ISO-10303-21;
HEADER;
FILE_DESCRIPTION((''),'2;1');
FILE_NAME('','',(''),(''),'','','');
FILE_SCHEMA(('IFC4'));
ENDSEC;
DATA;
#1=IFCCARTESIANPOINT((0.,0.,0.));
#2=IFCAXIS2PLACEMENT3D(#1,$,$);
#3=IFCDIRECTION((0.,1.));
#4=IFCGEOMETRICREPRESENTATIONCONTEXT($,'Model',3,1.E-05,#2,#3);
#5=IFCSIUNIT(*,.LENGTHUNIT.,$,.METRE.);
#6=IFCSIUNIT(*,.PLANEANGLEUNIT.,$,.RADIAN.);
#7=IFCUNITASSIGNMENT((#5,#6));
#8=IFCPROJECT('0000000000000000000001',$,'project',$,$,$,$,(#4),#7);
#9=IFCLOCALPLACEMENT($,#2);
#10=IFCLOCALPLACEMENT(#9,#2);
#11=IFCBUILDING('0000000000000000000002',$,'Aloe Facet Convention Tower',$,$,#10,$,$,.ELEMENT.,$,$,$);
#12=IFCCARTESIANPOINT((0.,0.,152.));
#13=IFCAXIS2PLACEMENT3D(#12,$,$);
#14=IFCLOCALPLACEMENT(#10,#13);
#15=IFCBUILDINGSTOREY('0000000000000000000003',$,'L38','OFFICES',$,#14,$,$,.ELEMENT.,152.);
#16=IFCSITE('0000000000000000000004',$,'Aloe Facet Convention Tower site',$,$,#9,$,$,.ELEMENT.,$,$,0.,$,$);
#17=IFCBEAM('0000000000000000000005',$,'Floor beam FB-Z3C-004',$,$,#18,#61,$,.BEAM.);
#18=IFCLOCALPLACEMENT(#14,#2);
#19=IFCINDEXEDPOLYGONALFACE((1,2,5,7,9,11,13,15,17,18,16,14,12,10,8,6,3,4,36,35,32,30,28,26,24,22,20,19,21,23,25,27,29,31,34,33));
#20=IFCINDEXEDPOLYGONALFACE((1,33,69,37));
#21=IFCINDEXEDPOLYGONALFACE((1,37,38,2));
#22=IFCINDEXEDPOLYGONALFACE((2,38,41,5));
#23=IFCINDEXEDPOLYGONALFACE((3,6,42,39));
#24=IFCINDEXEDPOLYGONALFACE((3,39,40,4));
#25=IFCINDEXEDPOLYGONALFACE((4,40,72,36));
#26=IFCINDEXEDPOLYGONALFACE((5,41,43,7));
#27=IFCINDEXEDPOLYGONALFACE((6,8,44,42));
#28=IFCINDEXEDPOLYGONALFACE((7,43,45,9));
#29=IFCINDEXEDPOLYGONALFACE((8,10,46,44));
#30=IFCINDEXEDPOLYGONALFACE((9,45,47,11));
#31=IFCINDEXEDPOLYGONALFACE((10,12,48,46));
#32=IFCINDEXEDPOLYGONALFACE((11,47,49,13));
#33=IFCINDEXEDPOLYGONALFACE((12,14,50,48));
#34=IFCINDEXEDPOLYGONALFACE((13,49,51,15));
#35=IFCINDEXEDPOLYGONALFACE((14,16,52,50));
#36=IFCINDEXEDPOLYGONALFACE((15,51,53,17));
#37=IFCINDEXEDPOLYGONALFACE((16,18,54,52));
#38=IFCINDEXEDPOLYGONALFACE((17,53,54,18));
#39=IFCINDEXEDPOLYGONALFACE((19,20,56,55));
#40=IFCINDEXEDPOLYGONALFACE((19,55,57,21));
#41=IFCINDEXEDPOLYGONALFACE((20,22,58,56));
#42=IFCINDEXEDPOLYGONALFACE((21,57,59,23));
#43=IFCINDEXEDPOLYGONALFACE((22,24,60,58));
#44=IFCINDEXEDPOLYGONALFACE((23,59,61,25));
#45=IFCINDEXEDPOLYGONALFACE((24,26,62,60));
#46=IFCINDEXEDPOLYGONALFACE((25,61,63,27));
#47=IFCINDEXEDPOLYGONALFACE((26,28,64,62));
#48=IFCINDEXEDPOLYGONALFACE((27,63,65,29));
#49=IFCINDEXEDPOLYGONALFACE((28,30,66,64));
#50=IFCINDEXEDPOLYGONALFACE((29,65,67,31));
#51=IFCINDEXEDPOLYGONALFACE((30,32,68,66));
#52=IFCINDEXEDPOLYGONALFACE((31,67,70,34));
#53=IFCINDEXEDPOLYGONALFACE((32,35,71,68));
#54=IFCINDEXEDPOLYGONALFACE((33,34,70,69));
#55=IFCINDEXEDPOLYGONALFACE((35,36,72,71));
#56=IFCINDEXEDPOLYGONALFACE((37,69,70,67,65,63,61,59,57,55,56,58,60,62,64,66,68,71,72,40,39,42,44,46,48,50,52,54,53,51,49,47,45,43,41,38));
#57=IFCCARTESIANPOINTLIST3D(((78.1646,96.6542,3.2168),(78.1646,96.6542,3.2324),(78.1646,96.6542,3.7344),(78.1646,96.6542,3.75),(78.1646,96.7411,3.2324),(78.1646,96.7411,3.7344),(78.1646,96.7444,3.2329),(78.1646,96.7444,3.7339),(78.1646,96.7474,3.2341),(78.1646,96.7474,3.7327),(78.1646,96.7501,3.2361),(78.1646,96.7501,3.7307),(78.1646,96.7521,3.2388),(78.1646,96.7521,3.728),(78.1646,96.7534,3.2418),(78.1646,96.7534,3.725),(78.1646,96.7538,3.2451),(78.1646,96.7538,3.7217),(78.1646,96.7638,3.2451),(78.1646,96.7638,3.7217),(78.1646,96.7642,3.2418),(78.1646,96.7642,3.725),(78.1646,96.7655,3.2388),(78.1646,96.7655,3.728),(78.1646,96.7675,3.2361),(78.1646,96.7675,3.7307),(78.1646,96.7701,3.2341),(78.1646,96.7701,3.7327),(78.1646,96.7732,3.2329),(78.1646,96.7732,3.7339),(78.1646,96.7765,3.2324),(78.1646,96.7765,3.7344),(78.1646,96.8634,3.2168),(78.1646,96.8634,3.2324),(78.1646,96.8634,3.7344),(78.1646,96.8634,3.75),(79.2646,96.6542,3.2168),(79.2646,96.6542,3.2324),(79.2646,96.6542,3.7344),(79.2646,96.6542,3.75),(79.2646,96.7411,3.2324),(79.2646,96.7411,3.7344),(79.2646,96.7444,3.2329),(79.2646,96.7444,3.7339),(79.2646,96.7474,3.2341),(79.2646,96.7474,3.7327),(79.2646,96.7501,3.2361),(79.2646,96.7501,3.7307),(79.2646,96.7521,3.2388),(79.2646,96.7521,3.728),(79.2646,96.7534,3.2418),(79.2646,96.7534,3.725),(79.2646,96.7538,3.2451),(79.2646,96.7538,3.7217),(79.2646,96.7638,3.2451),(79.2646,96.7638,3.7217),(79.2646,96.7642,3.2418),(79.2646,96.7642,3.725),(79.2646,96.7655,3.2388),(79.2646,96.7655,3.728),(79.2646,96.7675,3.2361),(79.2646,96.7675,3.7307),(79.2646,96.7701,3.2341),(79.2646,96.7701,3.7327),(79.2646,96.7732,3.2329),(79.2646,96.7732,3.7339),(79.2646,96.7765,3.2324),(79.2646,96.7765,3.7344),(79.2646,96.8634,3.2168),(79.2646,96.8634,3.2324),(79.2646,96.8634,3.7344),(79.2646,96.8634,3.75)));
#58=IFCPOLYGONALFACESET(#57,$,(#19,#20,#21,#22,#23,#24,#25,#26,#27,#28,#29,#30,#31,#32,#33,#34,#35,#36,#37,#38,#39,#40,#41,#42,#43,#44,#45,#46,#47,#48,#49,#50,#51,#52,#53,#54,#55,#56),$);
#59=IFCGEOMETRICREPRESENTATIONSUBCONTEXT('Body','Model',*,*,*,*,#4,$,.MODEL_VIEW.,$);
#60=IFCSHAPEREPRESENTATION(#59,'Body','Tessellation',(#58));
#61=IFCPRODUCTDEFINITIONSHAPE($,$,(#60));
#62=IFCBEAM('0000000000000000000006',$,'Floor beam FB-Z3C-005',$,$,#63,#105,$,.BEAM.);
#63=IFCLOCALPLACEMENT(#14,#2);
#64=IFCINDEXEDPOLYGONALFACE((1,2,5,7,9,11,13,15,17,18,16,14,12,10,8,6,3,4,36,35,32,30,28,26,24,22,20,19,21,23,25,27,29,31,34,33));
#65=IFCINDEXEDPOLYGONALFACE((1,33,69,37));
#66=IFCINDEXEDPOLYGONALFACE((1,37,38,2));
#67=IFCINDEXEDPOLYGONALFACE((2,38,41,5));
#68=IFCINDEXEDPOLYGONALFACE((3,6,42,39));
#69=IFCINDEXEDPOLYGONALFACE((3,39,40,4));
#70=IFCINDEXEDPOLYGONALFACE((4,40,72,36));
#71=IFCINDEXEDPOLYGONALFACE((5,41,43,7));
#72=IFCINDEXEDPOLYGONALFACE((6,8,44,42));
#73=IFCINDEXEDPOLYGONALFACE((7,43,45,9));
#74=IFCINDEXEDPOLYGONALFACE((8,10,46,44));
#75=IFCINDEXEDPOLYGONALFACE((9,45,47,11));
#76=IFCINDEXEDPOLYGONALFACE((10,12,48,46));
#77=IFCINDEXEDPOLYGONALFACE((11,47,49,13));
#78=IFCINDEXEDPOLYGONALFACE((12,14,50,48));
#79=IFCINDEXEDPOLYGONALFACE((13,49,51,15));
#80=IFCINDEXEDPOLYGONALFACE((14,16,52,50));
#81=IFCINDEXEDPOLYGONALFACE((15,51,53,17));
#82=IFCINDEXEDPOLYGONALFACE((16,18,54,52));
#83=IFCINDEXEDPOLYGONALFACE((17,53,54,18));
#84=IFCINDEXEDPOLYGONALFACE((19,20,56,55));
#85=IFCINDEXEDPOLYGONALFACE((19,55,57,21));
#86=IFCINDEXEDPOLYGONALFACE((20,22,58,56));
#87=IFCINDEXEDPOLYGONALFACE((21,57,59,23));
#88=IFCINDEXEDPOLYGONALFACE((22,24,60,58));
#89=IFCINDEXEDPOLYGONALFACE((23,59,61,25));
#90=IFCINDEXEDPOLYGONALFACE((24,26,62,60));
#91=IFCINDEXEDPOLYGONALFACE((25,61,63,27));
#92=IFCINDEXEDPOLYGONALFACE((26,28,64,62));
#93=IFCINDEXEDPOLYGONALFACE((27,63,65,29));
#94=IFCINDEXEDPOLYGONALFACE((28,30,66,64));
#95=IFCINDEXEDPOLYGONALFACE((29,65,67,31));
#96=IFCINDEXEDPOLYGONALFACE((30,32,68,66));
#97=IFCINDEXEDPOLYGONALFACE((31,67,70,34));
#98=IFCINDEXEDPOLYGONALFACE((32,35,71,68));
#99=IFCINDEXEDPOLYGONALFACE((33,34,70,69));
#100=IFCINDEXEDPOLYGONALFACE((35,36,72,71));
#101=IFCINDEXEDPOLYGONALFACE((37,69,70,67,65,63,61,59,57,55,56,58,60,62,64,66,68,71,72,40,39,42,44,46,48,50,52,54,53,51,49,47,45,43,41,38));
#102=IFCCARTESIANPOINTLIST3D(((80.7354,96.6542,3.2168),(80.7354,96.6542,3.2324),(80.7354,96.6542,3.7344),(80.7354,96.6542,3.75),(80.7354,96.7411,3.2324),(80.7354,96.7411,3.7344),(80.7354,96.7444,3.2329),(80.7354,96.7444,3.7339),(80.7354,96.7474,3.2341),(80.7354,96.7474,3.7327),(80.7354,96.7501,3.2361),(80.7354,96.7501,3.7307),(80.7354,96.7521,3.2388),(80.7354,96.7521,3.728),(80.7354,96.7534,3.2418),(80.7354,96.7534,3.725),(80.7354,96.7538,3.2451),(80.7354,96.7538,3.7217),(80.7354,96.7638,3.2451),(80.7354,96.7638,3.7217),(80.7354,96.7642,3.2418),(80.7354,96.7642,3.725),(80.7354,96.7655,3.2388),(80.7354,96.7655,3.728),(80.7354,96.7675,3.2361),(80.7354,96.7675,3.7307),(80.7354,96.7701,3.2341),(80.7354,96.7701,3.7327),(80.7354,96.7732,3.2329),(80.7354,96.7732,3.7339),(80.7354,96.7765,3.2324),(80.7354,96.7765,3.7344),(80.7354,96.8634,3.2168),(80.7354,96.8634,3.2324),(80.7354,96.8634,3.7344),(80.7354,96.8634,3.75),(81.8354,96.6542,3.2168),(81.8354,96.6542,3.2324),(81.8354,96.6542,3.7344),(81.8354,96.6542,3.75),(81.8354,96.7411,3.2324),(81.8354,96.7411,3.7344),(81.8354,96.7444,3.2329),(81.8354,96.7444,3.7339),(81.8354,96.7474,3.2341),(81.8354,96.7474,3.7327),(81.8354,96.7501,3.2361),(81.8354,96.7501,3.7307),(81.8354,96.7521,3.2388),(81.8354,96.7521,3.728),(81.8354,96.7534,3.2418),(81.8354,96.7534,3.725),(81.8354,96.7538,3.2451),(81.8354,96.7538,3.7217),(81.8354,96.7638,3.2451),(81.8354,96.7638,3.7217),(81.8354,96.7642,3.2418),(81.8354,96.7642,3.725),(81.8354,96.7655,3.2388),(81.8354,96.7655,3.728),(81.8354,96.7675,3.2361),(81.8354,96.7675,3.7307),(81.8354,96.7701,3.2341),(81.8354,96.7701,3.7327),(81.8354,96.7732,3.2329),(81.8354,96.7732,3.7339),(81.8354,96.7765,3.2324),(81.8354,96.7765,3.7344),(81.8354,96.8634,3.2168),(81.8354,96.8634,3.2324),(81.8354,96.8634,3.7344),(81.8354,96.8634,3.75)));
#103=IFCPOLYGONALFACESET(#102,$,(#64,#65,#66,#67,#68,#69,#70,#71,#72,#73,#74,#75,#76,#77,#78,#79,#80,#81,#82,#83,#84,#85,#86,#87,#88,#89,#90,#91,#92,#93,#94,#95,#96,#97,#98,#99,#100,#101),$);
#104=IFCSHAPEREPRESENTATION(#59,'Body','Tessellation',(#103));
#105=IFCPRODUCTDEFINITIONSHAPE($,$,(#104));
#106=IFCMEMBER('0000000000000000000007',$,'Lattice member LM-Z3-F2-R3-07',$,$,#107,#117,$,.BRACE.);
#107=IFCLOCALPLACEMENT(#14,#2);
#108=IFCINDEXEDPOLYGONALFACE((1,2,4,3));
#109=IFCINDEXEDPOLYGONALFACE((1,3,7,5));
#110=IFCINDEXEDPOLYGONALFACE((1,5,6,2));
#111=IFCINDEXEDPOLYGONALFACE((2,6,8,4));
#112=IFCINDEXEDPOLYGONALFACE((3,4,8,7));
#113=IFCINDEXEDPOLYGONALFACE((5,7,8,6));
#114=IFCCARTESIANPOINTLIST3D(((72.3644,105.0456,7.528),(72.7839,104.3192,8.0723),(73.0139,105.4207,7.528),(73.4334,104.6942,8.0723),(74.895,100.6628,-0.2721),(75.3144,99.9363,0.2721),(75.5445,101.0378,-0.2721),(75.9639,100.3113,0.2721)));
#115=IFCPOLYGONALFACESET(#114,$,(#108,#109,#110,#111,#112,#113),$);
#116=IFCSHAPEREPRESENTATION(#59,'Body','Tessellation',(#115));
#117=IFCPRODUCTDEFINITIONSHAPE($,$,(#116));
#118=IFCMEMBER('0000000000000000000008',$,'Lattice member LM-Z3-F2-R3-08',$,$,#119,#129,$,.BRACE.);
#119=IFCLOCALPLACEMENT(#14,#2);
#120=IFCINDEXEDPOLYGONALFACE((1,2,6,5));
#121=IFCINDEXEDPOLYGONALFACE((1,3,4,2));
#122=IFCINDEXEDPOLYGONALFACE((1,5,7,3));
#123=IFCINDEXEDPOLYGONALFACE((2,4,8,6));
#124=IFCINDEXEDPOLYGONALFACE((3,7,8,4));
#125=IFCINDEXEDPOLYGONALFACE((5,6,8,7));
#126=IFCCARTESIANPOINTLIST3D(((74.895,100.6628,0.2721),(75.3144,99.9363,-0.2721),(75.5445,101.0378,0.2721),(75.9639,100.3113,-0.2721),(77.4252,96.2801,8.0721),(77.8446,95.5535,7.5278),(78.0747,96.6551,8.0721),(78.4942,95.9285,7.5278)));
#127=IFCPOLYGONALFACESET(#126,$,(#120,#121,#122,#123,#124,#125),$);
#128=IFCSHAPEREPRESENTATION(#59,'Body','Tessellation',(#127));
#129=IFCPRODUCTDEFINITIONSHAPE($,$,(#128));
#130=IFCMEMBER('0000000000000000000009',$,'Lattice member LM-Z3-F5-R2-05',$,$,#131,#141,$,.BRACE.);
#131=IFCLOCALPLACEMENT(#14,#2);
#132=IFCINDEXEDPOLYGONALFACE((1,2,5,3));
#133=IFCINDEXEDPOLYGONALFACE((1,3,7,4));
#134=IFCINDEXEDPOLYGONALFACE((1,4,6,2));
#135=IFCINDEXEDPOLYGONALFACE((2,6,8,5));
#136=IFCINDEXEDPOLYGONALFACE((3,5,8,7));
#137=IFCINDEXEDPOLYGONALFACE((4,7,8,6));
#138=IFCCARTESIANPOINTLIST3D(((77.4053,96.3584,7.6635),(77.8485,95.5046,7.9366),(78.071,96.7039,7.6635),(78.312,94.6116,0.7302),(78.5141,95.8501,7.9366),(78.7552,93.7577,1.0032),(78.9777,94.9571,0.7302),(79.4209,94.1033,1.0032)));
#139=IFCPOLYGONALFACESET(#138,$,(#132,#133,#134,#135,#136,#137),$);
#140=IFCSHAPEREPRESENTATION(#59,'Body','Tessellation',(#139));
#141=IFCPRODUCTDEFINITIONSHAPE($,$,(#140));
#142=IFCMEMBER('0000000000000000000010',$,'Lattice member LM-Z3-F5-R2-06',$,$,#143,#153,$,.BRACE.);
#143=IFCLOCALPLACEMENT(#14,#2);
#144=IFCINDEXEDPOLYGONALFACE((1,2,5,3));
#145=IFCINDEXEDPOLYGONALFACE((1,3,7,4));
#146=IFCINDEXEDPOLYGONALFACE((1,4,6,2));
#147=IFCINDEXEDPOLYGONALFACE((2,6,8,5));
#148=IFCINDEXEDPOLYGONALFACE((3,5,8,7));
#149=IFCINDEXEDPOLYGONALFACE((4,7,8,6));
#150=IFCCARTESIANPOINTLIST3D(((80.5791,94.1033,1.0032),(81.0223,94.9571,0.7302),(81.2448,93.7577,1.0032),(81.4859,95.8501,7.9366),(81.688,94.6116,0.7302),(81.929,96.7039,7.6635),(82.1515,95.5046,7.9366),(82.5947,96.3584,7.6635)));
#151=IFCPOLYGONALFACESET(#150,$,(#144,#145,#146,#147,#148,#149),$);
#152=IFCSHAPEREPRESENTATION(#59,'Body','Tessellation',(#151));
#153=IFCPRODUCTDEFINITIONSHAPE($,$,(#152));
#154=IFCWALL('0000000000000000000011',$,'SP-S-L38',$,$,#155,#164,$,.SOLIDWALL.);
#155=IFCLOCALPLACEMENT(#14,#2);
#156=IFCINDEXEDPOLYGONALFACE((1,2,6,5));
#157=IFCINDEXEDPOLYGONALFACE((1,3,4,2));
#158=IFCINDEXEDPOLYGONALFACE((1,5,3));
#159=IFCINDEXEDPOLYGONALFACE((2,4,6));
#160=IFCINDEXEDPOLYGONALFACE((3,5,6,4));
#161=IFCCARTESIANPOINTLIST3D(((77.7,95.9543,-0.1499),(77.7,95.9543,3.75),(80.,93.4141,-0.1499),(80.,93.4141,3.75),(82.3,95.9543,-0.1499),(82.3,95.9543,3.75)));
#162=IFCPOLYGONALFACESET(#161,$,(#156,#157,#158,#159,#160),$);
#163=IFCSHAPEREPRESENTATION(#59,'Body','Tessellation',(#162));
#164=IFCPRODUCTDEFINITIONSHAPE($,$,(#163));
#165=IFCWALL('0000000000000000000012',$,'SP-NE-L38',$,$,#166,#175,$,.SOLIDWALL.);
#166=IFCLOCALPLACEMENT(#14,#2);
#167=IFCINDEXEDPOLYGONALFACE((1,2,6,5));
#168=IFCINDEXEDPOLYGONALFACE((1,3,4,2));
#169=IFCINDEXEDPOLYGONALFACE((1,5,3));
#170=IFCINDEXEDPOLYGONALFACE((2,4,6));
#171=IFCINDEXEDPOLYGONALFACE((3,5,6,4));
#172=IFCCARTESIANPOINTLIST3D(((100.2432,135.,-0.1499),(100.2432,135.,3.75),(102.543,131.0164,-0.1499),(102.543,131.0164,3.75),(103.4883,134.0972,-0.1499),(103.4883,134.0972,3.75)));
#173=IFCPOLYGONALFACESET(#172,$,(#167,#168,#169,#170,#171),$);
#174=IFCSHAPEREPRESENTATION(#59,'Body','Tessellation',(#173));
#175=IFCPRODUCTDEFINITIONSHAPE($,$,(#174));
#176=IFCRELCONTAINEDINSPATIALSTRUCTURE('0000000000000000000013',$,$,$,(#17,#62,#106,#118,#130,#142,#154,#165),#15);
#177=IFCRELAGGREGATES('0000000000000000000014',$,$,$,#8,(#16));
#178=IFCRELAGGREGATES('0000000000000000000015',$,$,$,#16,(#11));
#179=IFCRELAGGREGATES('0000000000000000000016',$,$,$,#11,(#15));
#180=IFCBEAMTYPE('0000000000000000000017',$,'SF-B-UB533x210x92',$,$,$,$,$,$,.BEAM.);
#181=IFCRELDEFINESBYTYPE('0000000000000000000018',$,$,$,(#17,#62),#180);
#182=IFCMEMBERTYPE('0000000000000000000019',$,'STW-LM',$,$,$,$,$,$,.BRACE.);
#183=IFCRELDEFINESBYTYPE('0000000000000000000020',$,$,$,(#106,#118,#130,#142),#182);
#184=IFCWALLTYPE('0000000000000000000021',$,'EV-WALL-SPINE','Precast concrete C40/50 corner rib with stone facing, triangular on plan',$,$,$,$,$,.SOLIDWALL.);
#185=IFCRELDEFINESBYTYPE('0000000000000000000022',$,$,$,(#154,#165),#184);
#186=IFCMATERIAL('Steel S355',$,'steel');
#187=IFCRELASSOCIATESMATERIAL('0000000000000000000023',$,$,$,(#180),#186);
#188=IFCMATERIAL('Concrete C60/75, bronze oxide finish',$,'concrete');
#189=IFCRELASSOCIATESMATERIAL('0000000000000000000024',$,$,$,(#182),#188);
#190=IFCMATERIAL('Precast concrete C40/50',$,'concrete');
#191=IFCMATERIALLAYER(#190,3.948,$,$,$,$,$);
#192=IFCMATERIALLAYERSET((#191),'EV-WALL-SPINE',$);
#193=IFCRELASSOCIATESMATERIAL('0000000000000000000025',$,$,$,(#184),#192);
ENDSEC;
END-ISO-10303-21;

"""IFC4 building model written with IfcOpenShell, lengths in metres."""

from ifc_helpers import new_model, si_unit, direction, frame, origin, origin_2d, place, context, subcontext, project, spatial, polyline, rectangle, i_section, outline, extrude, material, layer, layer_set, material_profile, profile_set, type_object, element, save


model = new_model("IFC4")

# Units and contexts
model_context = context("Model", 3, precision=1e-05, world=origin(), true_north=direction((0.0, 1.0)))
body_context = subcontext(model_context, "Body", "Model", "MODEL_VIEW")
ifc_project = project(units=[si_unit("LENGTHUNIT", "METRE"), si_unit("PLANEANGLEUNIT", "RADIAN")], contexts=[model_context])

# Site, building, storey
site_placement = place(None, origin())
site = spatial("IfcSite", under=ifc_project, at=site_placement, Name="Aloe Facet Convention Tower site", CompositionType="ELEMENT", RefElevation=0.0)
building_placement = place(site_placement, origin())
building = spatial("IfcBuilding", under=site, at=building_placement, Name="Aloe Facet Convention Tower", CompositionType="ELEMENT")
storey_placement = place(building_placement, frame((0.0, 0.0, 152.0)))
storey = spatial("IfcBuildingStorey", under=building, at=storey_placement, Name="L38", Description="OFFICES", CompositionType="ELEMENT", Elevation=152.0)

# Beams
ifc_material_1 = material(Name="Steel S355", Category="steel")
ifc_material_profile_1 = material_profile(ifc_material_1, i_section(OverallWidth=0.2092, OverallDepth=0.5332, WebThickness=0.01, FlangeThickness=0.0156, FilletRadius=0.0127, at=origin_2d()), Name="UB 533x210x92")
ifc_profile_set_1 = profile_set([ifc_material_profile_1], Name="Steel S355")
beam_type_1 = type_object("IfcBeamType", Name="SF-B-UB533x210x92", PredefinedType="BEAM", material=ifc_profile_set_1)
for number, where, z_axis, x_axis, name in (
    (1, (79.2646, 96.7588, 3.4834), (-1.0, 0.0, 0.0), (0.0, -1.0, 0.0), "Floor beam FB-Z3C-004"),
    (2, (81.8354, 96.7588, 3.4834), (-1.0, 0.0, 0.0), (0.0, -1.0, 0.0), "Floor beam FB-Z3C-005"),
):
    element("IfcBeam", number, at=place(storey_placement, frame(where, z_axis=z_axis, x_axis=x_axis)), inside=storey, type_object=beam_type_1, Name=name, PredefinedType="BEAM", context=body_context, shape_type="SweptSolid", body=[
        extrude(i_section(OverallWidth=0.2092, OverallDepth=0.5332, WebThickness=0.01, FlangeThickness=0.0156, FilletRadius=0.0127, at=origin_2d()), origin(), (0.0, 0.0, 1.0), 1.1001),
    ])

# Members
ifc_material_2 = material(Name="Concrete C60/75, bronze oxide finish", Category="concrete")
ifc_material_profile_2 = material_profile(ifc_material_2, rectangle(XDim=0.75, YDim=1.0, at=origin_2d()), Name="STW-LM")
ifc_profile_set_2 = profile_set([ifc_material_profile_2], Name="Concrete C60/75, bronze oxide finish")
member_type = type_object("IfcMemberType", Name="STW-LM", PredefinedType="BRACE", material=ifc_profile_set_2)
member_1_placement = place(storey_placement, frame((75.4294, 100.4871, 0.0), z_axis=(-0.272156, 0.47137, 0.838893), x_axis=(-0.866017, -0.500015, 0.0)))
element("IfcMember", 3, at=member_1_placement, inside=storey, type_object=member_type, Name="Lattice member LM-Z3-F2-R3-07", PredefinedType="BRACE", context=body_context, shape_type="SweptSolid", body=[
    extrude(rectangle(XDim=0.75, YDim=1.0, at=origin_2d()), origin(), (0.0, 0.0, 1.0), 9.2981),
])
member_2_placement = place(storey_placement, frame((75.4294, 100.4871, 0.0), z_axis=(0.272132, -0.471373, 0.838899), x_axis=(0.866038, 0.499979, 0.0)))
element("IfcMember", 4, at=member_2_placement, inside=storey, type_object=member_type, Name="Lattice member LM-Z3-F2-R3-08", PredefinedType="BRACE", context=body_context, shape_type="SweptSolid", body=[
    extrude(rectangle(XDim=0.75, YDim=1.0, at=origin_2d()), origin(), (0.0, 0.0, 1.0), 9.2979),
])
for number, where, z_axis, x_axis, name in (
    (5, (78.8665, 94.3574, 0.8667), (-0.125809, 0.24237, 0.961992), (-0.887552, -0.460708, 0.0), "Lattice member LM-Z3-F5-R2-05"),
    (6, (81.1335, 94.3574, 0.8667), (0.125809, 0.24237, 0.961992), (-0.887552, 0.460708, 0.0), "Lattice member LM-Z3-F5-R2-06"),
):
    element("IfcMember", number, at=place(storey_placement, frame(where, z_axis=z_axis, x_axis=x_axis)), inside=storey, type_object=member_type, Name=name, PredefinedType="BRACE", context=body_context, shape_type="SweptSolid", body=[
        extrude(rectangle(XDim=0.75, YDim=1.0, at=origin_2d()), origin(), (0.0, 0.0, 1.0), 7.2073),
    ])

# Walls
ifc_material_3 = material(Name="Precast concrete C40/50", Category="concrete")
ifc_layer_1 = layer(ifc_material_3, 3.948)
ifc_layer_set_1 = layer_set([ifc_layer_1], Name="EV-WALL-SPINE")
wall_type_1 = type_object("IfcWallType", Name="EV-WALL-SPINE", Description="Precast concrete C40/50 corner rib with stone facing, triangular on plan", PredefinedType="SOLIDWALL", material=ifc_layer_set_1)
wall_1_placement = place(storey_placement, frame((0.0, 0.0, -0.1499)))
element("IfcWall", 7, at=wall_1_placement, inside=storey, type_object=wall_type_1, Name="SP-S-L38", PredefinedType="SOLIDWALL", context=body_context, shape_type="SweptSolid", body=[
    extrude(outline(polyline([(77.7, 95.9543), (80.0, 93.4141), (82.3, 95.9543), (77.7, 95.9543)])), origin(), (0.0, 0.0, 1.0), 3.8999),
])
wall_2_placement = place(storey_placement, frame((0.0, 0.0, -0.1499)))
element("IfcWall", 8, at=wall_2_placement, inside=storey, type_object=wall_type_1, Name="SP-NE-L38", PredefinedType="SOLIDWALL", context=body_context, shape_type="SweptSolid", body=[
    extrude(outline(polyline([(102.543, 131.0164), (103.4883, 134.0972), (100.2432, 135.0), (102.543, 131.0164)])), origin(), (0.0, 0.0, 1.0), 3.8999),
])

save(model, "model.ifc")
